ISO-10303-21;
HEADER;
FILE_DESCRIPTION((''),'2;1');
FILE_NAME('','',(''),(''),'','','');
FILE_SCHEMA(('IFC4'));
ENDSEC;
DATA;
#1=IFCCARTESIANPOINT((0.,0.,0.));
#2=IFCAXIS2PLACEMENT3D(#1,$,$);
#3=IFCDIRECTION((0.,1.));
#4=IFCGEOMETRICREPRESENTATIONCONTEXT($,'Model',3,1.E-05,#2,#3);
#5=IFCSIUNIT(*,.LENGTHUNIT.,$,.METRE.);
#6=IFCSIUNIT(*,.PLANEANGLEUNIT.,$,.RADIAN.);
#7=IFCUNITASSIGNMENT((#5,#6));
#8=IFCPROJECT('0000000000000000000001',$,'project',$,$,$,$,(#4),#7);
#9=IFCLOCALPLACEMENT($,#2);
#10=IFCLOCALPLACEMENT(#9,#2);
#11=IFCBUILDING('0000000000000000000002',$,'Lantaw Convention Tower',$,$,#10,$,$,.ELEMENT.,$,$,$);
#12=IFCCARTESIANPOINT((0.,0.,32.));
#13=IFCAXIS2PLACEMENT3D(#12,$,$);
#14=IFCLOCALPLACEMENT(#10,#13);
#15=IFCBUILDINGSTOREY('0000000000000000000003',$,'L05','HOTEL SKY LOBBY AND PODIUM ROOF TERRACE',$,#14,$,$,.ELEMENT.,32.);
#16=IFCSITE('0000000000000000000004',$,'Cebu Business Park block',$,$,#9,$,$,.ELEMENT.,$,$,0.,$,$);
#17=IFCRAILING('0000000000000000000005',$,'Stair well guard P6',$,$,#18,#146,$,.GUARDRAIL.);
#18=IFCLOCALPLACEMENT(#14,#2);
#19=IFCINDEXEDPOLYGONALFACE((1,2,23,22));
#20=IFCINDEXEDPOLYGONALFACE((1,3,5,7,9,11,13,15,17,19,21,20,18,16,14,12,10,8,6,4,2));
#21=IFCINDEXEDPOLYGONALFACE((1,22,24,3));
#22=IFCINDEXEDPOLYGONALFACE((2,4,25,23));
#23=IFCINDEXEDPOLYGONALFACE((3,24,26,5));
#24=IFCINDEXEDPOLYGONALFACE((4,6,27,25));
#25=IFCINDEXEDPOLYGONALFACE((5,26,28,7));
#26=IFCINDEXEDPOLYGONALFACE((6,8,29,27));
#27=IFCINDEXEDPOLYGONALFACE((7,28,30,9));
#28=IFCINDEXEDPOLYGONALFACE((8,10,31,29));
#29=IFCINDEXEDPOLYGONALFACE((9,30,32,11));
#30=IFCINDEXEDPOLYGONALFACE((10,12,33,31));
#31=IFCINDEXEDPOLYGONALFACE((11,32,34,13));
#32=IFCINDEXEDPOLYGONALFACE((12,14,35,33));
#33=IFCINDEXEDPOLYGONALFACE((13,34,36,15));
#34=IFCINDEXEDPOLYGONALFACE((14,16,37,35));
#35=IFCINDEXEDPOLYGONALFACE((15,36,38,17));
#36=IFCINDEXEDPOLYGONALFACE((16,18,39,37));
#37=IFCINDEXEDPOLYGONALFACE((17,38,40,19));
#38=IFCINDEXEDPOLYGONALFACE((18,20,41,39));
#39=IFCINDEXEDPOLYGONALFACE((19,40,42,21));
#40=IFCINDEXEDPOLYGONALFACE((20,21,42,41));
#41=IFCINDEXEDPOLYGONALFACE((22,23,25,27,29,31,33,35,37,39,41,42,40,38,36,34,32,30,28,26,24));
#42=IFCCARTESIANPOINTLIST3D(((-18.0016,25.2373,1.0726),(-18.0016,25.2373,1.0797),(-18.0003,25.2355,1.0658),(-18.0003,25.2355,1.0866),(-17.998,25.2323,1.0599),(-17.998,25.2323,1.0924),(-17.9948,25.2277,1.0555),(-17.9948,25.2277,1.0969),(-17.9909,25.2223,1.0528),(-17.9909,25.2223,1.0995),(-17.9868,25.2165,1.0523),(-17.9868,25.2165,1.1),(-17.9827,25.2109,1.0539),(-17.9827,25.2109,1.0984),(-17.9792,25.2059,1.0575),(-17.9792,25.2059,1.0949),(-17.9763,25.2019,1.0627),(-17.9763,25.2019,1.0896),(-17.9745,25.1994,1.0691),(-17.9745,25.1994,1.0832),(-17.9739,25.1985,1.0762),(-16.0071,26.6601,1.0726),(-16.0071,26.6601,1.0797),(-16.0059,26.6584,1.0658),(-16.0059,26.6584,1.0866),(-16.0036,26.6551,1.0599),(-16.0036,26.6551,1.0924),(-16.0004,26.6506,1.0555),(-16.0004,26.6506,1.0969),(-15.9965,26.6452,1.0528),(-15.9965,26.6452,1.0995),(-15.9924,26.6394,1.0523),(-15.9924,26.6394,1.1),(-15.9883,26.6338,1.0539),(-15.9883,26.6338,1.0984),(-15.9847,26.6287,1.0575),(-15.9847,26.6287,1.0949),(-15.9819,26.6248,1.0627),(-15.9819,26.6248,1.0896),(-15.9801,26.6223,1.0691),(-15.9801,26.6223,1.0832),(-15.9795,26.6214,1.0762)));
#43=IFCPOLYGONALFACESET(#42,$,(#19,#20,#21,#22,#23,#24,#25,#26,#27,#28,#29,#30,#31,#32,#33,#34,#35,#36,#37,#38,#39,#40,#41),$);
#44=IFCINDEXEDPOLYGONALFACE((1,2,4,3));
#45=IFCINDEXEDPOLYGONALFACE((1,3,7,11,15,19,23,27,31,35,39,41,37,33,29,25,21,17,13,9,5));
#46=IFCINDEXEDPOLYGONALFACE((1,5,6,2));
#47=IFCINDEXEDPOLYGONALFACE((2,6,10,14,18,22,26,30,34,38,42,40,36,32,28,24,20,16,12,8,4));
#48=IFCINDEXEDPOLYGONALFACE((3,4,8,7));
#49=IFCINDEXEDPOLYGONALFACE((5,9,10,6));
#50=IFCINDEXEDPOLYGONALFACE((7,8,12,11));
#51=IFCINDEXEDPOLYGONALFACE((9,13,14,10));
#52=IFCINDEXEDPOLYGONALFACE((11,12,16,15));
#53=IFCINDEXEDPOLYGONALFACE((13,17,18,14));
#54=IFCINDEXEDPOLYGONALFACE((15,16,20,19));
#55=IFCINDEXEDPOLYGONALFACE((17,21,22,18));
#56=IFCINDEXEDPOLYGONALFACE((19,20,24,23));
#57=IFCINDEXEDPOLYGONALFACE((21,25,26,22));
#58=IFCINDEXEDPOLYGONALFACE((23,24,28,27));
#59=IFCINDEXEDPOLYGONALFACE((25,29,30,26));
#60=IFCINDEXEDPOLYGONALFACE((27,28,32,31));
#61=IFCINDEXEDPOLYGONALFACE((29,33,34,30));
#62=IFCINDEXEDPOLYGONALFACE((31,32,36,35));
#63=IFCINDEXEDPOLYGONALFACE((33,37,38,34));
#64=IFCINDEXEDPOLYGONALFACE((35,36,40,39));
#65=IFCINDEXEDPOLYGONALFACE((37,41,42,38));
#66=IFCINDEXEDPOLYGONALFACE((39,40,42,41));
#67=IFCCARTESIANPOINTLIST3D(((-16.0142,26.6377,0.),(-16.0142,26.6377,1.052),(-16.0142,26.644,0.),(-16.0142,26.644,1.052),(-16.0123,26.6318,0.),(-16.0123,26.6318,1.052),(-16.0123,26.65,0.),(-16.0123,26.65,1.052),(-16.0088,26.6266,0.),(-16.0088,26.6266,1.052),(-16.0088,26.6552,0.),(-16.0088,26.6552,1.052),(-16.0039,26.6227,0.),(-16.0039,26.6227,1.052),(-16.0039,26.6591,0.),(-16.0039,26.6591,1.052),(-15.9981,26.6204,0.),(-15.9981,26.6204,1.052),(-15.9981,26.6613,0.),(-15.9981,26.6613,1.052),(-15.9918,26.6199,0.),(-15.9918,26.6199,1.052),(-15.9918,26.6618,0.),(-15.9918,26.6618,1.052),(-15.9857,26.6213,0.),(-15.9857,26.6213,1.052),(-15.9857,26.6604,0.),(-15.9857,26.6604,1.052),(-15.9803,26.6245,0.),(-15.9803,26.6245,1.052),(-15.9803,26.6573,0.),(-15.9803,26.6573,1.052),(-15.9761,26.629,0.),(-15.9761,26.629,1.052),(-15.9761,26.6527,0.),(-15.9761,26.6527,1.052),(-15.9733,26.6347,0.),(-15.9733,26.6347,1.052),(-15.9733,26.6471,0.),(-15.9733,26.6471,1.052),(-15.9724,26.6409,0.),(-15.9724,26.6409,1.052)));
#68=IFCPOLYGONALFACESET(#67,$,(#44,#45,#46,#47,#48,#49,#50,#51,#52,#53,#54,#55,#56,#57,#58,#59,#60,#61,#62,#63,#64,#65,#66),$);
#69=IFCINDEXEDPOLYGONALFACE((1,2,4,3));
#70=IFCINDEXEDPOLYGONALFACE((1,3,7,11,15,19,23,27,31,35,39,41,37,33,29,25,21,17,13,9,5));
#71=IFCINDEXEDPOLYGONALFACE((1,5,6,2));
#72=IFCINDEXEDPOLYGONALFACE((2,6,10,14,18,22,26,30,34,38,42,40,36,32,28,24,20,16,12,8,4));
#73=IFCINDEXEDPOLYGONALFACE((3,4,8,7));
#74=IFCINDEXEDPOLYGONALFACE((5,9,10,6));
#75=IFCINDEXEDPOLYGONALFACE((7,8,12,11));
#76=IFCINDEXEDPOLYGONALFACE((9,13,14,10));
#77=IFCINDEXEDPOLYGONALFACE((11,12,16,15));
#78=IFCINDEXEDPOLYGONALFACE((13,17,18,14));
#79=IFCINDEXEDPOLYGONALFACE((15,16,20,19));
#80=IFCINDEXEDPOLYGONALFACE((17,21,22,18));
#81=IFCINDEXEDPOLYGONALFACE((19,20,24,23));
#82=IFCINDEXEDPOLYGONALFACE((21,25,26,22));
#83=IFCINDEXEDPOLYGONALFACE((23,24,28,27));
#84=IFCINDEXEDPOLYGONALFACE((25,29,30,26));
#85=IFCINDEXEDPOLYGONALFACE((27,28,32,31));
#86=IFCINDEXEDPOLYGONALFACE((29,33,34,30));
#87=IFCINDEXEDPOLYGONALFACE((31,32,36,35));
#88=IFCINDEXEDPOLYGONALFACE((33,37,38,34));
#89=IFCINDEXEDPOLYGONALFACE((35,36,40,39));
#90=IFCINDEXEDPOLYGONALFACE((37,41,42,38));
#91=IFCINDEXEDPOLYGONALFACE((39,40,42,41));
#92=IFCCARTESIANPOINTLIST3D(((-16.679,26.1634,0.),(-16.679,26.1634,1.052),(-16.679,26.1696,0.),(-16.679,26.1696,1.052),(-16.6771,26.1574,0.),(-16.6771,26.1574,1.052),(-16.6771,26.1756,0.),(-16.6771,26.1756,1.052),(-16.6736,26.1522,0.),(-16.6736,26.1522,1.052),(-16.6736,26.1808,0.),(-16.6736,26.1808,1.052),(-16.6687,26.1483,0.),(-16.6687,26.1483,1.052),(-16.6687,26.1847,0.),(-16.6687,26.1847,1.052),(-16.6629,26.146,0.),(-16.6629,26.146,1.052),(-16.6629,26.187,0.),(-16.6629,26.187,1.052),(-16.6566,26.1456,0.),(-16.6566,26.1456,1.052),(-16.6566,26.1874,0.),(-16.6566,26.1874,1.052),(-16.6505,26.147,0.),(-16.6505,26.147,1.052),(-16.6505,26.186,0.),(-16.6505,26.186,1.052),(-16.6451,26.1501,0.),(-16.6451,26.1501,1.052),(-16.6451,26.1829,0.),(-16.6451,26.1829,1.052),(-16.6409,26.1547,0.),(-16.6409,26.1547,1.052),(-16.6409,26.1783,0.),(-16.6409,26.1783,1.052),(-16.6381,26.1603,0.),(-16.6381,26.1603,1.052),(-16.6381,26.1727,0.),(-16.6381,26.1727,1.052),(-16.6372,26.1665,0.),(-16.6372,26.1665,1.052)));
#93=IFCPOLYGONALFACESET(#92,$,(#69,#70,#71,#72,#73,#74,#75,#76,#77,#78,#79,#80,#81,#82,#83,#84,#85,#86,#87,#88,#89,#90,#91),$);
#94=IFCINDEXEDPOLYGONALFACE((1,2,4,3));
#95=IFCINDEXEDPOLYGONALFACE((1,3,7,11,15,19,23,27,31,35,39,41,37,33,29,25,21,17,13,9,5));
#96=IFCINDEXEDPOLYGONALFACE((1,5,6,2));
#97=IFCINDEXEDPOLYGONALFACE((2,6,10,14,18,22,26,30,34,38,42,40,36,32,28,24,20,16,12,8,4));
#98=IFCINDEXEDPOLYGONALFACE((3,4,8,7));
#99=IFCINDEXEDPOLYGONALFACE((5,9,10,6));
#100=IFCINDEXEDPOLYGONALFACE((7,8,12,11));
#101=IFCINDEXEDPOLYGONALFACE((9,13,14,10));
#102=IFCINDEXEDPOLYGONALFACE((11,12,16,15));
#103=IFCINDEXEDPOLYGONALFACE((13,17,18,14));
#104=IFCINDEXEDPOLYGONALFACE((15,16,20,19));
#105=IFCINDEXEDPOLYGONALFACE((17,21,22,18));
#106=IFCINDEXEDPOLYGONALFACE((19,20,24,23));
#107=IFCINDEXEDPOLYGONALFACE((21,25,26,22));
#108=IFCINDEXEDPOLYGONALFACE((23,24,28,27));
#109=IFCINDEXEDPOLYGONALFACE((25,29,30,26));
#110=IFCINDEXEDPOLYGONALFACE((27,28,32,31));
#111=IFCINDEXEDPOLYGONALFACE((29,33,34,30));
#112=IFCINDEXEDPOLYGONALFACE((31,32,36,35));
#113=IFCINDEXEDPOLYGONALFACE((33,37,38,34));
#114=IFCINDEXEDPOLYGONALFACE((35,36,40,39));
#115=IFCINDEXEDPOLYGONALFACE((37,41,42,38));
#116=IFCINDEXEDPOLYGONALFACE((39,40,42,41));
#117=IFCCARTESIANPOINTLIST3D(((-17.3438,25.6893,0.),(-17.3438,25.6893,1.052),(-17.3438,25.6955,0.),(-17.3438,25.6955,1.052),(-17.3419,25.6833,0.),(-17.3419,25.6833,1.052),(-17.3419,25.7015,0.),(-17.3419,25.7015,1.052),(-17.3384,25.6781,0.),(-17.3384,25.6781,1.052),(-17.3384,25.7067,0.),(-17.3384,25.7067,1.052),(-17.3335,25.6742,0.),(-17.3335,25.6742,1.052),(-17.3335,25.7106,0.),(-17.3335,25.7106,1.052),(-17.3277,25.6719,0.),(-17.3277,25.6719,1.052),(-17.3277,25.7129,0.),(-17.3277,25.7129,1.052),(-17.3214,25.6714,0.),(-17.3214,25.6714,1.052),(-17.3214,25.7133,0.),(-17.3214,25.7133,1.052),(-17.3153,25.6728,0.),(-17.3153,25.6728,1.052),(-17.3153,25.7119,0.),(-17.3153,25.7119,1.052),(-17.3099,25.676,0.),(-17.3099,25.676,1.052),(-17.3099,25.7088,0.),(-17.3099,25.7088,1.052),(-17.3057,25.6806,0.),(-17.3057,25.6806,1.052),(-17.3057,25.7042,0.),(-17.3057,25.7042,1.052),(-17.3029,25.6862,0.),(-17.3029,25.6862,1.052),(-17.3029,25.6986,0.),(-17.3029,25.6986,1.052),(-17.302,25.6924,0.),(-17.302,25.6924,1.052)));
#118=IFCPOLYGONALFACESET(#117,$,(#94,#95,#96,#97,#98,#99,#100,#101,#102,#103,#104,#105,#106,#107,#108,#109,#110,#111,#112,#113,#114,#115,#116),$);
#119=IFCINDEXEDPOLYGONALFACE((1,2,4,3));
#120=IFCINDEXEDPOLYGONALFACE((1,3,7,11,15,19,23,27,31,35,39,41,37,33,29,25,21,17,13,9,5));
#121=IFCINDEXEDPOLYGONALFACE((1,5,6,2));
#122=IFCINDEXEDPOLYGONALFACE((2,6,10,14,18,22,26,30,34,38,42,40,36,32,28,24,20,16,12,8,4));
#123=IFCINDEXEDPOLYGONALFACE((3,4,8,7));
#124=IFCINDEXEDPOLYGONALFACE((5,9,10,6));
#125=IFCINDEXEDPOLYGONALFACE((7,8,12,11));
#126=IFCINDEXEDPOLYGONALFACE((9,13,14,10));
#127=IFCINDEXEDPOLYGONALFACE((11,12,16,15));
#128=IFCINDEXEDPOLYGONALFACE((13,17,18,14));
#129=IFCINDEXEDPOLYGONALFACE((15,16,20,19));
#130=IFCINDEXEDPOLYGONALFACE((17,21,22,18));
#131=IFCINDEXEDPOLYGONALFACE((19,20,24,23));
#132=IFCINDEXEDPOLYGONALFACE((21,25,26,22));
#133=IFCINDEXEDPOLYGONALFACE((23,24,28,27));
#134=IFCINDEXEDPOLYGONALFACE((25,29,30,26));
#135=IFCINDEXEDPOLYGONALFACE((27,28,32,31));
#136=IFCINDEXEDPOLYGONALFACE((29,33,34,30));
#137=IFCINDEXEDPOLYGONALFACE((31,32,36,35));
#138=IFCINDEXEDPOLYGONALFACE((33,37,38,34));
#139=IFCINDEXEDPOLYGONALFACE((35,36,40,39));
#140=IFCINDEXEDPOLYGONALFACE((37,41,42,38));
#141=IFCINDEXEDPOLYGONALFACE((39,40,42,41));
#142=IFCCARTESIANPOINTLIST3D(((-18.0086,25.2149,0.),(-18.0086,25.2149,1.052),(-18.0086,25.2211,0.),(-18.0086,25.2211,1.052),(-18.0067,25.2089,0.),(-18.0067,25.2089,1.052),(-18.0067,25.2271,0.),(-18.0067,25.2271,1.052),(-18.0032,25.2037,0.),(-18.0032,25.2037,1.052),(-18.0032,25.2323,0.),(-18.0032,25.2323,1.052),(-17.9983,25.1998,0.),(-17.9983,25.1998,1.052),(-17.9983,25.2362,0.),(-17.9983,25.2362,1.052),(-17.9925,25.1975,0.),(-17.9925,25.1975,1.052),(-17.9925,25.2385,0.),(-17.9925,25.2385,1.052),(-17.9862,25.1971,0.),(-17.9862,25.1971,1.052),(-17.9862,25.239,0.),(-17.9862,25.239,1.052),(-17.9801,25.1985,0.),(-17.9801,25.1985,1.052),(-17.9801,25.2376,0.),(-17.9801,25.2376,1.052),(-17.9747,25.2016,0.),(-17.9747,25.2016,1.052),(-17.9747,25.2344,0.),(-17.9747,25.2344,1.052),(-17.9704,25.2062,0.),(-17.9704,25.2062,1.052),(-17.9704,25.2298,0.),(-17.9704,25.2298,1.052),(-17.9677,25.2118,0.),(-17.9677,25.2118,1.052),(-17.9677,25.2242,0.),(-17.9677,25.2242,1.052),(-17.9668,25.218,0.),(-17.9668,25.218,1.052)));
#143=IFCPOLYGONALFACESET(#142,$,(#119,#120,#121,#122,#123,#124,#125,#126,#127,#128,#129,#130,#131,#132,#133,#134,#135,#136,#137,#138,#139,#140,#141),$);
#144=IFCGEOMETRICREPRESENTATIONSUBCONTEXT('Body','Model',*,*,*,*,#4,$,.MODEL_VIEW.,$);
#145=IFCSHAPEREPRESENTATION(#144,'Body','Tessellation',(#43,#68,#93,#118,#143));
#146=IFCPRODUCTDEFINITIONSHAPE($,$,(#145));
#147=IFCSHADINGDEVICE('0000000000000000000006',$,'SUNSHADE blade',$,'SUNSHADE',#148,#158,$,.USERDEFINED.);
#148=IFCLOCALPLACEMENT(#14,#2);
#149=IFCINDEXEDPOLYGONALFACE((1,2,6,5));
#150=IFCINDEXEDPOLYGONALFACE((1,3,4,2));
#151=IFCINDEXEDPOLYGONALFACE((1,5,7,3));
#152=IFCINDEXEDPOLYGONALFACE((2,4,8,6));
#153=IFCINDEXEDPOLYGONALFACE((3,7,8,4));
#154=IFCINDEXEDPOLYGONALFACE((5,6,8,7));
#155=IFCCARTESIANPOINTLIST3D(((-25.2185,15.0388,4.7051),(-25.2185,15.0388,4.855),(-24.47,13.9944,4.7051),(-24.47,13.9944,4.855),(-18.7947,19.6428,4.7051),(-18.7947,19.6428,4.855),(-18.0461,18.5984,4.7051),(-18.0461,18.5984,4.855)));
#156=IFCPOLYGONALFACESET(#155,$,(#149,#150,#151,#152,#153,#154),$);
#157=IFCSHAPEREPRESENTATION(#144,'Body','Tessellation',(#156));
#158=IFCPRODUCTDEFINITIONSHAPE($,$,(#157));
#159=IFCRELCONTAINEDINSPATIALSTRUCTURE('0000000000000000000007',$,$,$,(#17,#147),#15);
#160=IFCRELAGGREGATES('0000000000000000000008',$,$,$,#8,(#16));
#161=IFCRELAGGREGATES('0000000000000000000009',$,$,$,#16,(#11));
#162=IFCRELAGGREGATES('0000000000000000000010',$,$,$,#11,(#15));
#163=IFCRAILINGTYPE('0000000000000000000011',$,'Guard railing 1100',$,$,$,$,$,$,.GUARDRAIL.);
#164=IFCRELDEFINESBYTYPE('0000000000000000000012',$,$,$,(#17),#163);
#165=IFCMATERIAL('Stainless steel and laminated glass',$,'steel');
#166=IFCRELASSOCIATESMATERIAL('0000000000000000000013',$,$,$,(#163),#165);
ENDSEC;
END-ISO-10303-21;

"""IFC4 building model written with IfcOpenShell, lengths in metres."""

from ifc_helpers import new_model, si_unit, direction, frame, origin, origin_2d, place, context, subcontext, project, spatial, rectangle, circle, extrude, material, type_object, element, save


model = new_model("IFC4")

# Units and contexts
model_context = context("Model", 3, precision=1e-05, world=origin(), true_north=direction((0.0, 1.0)))
body_context = subcontext(model_context, "Body", "Model", "MODEL_VIEW")
ifc_project = project(units=[si_unit("LENGTHUNIT", "METRE"), si_unit("PLANEANGLEUNIT", "RADIAN")], contexts=[model_context])

# Site, building, storey
site_placement = place(None, origin())
site = spatial("IfcSite", under=ifc_project, at=site_placement, Name="Cebu Business Park block", CompositionType="ELEMENT", RefElevation=0.0)
building_placement = place(site_placement, origin())
building = spatial("IfcBuilding", under=site, at=building_placement, Name="Lantaw Convention Tower", CompositionType="ELEMENT")
storey_placement = place(building_placement, frame((0.0, 0.0, 32.0)))
storey = spatial("IfcBuildingStorey", under=building, at=storey_placement, Name="L05", Description="HOTEL SKY LOBBY AND PODIUM ROOF TERRACE", CompositionType="ELEMENT", Elevation=32.0)

# Railing
ifc_material_1 = material(Name="Stainless steel and laminated glass", Category="steel")
railing_type_1 = type_object("IfcRailingType", Name="Guard railing 1100", PredefinedType="GUARDRAIL", material=ifc_material_1)
railing_1_placement = place(storey_placement, frame((-15.9934, 26.6409, 0.0)))
element("IfcRailing", 1, at=railing_1_placement, inside=storey, type_object=railing_type_1, Name="Stair well guard P6", PredefinedType="GUARDRAIL", context=body_context, shape_type="SweptSolid", body=[
    extrude(circle(Radius=0.0239, at=origin_2d()), frame((0.0, 0.0, 1.0762), z_axis=(-0.814063, -0.580776, 0.0), x_axis=(0.580776, -0.814063, 0.0)), (0.0, 0.0, 1.0), 2.45),
    extrude(circle(Radius=0.021, at=origin_2d()), origin(), (0.0, 0.0, 1.0), 1.052),
    extrude(circle(Radius=0.021, at=origin_2d()), frame((-0.6648, -0.4744, 0.0)), (0.0, 0.0, 1.0), 1.052),
    extrude(circle(Radius=0.021, at=origin_2d()), frame((-1.3296, -0.9485, 0.0)), (0.0, 0.0, 1.0), 1.052),
    extrude(circle(Radius=0.021, at=origin_2d()), frame((-1.9944, -1.4229, 0.0)), (0.0, 0.0, 1.0), 1.052),
])

# Shading device
shading_device_placement = place(storey_placement, frame((-21.6323, 16.8186, 4.7051), z_axis=(0.0, 0.0, 1.0), x_axis=(-0.812804, -0.582538, 0.0)))
element("IfcShadingDevice", 2, at=shading_device_placement, inside=storey, Name="SUNSHADE blade", ObjectType="SUNSHADE", PredefinedType="USERDEFINED", context=body_context, shape_type="SweptSolid", body=[
    extrude(rectangle(XDim=7.9033, YDim=1.2849, at=origin_2d()), origin(), (0.0, 0.0, 1.0), 0.1499),
])

save(model, "model.ifc")
